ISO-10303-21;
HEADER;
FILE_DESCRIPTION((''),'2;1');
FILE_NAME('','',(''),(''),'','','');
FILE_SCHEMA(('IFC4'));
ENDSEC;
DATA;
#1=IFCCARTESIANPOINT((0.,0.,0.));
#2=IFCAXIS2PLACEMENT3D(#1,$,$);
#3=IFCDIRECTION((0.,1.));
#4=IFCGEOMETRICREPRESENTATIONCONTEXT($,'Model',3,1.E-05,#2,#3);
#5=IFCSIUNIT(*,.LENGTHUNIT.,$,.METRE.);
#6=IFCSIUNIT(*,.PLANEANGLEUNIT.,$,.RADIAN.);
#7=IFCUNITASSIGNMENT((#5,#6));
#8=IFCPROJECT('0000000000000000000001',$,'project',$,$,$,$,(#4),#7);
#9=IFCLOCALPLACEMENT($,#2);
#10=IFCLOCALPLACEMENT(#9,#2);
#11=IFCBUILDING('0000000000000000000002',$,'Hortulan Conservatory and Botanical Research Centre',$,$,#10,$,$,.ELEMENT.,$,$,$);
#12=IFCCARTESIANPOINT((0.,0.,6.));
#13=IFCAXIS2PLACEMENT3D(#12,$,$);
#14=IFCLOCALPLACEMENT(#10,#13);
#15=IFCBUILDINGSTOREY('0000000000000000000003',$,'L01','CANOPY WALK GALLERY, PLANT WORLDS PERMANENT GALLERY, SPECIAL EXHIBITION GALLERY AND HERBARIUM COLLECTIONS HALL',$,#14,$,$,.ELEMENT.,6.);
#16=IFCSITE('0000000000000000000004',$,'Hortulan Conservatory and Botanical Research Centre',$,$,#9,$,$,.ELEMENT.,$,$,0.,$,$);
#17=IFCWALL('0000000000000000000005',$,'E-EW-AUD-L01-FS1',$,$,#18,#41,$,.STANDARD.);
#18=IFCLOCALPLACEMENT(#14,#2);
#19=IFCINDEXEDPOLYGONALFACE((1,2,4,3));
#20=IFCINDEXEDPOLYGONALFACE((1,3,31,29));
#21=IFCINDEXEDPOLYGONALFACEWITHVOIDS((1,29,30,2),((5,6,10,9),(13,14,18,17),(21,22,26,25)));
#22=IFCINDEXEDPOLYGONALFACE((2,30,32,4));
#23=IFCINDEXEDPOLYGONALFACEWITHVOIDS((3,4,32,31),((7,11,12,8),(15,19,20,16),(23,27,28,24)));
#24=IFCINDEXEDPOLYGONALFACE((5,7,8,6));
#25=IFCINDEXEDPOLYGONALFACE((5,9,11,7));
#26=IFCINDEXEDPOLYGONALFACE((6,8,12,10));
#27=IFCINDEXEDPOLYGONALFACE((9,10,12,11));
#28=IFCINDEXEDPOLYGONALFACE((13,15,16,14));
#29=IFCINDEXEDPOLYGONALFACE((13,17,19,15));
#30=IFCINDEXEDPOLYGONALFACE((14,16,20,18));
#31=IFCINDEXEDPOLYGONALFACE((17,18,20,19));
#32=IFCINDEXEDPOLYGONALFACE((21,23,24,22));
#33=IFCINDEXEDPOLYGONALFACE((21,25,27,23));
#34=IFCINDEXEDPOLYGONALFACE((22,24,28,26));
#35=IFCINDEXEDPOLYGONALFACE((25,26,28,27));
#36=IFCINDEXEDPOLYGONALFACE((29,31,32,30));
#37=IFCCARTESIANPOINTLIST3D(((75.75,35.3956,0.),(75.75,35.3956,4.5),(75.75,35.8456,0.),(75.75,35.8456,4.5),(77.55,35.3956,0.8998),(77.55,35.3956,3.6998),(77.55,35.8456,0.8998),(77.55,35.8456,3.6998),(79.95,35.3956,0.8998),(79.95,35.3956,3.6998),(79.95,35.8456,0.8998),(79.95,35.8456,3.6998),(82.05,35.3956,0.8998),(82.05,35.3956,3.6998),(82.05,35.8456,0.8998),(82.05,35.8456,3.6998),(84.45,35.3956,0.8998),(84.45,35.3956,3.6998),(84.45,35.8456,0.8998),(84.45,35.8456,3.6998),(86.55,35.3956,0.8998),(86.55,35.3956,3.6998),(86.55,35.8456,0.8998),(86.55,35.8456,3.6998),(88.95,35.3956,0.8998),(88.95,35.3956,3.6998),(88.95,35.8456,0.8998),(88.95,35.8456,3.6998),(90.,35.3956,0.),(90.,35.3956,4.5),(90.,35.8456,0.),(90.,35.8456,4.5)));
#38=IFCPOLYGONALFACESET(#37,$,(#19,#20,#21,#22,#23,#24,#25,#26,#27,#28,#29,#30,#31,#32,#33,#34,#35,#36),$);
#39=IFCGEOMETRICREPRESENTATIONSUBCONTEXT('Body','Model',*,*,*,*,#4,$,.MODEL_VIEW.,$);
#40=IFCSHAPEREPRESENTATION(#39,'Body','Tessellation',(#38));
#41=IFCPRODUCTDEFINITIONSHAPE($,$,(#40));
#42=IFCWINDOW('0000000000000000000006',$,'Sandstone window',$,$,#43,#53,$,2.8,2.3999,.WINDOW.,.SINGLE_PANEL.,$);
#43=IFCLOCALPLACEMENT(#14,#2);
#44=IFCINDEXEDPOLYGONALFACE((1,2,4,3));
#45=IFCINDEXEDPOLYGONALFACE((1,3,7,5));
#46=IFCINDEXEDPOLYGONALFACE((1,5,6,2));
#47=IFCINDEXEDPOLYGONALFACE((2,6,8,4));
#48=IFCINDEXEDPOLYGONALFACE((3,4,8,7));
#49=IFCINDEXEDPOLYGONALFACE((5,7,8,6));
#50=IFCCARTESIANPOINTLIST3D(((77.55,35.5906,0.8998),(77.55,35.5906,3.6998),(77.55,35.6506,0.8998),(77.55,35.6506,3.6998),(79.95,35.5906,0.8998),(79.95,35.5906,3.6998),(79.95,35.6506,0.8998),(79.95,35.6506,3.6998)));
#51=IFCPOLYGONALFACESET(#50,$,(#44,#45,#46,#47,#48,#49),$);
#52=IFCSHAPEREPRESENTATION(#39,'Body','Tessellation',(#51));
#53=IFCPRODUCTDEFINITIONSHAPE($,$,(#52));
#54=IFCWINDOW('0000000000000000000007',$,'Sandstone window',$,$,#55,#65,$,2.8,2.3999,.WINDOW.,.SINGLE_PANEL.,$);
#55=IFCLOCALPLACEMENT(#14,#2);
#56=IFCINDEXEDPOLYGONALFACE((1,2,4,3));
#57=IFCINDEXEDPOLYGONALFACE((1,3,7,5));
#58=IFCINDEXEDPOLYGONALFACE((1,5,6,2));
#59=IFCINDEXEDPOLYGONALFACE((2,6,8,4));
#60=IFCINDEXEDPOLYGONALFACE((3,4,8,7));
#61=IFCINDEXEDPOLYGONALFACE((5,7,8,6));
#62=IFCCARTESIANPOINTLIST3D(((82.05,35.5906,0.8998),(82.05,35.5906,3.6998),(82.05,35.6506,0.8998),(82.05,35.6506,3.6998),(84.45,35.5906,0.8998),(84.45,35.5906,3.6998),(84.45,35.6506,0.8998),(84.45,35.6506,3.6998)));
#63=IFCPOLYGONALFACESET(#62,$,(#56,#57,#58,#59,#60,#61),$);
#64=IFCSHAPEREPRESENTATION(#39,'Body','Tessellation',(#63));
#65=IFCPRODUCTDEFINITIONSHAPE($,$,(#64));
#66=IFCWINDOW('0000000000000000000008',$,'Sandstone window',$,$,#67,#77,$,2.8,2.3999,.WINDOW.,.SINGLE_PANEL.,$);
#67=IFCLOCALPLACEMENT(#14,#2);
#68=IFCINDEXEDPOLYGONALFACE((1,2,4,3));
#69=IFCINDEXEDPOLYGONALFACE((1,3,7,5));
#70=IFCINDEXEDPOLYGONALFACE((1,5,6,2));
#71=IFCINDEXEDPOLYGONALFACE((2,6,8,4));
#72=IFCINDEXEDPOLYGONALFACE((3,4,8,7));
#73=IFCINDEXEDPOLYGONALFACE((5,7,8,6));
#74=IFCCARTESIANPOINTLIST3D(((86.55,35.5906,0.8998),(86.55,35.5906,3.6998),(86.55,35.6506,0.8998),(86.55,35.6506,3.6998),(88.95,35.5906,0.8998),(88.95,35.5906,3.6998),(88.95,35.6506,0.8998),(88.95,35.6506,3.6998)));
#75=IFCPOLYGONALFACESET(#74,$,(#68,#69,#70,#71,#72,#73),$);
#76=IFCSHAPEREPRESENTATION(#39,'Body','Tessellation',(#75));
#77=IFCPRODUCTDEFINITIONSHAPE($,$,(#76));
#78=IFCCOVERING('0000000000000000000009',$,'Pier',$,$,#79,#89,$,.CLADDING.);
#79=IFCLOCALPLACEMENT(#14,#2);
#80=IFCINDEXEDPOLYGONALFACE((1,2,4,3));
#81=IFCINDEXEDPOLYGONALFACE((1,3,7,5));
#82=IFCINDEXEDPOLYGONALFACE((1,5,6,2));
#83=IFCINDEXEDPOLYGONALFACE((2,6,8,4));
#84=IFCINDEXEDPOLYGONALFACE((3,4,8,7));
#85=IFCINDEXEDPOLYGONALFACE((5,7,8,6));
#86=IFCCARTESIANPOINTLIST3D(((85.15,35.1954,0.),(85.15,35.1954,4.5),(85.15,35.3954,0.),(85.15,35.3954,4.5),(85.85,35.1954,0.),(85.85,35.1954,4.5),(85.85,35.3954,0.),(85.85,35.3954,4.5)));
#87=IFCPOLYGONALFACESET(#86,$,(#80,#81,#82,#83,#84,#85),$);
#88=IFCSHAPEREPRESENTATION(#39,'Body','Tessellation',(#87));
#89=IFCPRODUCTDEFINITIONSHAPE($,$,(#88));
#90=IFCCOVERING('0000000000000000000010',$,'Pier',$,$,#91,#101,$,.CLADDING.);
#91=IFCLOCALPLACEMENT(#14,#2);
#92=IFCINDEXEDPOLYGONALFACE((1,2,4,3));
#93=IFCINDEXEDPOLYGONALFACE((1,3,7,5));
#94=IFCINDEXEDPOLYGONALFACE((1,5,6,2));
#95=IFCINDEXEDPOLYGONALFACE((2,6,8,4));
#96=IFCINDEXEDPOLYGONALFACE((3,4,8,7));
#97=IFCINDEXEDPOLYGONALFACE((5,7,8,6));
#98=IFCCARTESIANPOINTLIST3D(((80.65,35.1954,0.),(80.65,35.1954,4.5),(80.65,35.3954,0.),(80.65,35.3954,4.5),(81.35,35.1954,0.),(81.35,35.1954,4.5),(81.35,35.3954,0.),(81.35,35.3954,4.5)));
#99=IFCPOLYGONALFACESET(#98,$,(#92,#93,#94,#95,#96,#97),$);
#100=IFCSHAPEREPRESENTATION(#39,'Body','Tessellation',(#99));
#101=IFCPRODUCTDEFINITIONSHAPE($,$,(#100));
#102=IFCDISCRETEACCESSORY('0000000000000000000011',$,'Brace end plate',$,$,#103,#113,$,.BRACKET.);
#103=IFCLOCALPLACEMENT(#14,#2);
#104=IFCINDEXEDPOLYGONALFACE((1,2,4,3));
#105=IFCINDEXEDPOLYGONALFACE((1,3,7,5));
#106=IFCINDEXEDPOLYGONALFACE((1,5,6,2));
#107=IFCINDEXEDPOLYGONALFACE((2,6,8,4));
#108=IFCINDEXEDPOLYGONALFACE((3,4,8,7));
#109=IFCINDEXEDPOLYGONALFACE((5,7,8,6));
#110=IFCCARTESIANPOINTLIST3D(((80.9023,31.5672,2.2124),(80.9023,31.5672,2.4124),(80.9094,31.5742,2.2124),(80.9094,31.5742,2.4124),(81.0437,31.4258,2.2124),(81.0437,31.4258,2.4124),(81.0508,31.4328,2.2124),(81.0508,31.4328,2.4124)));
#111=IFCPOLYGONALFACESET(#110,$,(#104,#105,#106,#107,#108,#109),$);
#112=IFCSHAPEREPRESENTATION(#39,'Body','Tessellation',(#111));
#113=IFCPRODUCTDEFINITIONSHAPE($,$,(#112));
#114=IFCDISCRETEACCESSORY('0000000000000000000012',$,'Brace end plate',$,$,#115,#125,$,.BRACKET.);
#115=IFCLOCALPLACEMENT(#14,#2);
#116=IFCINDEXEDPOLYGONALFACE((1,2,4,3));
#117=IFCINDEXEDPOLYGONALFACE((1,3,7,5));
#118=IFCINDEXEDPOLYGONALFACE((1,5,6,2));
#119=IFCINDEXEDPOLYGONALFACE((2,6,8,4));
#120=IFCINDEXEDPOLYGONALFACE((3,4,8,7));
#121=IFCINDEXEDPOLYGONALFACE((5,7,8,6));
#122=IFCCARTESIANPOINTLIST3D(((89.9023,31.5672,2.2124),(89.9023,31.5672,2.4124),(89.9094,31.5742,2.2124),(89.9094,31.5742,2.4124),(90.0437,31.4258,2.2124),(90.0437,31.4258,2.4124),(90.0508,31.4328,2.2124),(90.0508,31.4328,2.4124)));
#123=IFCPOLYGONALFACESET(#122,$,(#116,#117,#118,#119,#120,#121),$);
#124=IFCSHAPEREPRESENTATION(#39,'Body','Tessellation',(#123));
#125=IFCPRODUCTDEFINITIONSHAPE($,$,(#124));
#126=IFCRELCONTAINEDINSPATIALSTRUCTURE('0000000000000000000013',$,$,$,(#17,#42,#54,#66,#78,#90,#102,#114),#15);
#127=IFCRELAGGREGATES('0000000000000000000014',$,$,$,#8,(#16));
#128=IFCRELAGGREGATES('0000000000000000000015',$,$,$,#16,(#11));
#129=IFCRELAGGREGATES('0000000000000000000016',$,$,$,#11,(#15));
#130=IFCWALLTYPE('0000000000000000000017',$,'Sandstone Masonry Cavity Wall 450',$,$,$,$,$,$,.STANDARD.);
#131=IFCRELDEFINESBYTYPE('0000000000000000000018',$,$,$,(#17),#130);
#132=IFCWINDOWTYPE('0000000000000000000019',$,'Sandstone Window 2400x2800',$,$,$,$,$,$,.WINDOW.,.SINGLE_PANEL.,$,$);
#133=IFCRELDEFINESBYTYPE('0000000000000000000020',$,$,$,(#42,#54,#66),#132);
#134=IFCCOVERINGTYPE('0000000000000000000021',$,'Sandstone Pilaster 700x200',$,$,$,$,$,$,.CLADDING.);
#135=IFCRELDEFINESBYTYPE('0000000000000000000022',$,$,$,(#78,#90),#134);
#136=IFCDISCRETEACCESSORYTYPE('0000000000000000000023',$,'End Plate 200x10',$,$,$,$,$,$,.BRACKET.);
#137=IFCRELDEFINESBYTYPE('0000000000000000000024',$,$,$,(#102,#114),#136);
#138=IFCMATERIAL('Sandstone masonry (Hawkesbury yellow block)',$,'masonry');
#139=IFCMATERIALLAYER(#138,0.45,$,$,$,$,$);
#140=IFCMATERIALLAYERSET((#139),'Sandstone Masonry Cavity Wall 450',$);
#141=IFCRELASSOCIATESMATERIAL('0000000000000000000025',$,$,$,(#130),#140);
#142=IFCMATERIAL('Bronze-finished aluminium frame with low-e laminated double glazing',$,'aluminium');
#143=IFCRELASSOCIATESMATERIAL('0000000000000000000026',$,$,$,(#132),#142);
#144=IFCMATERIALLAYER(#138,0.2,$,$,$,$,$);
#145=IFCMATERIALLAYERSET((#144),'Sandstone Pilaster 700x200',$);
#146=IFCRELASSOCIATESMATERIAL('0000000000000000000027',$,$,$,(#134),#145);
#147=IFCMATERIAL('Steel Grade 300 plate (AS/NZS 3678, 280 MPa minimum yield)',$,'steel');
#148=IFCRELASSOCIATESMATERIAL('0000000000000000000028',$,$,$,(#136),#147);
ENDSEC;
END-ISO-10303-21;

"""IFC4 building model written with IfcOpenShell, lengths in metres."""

from ifc_helpers import new_model, si_unit, direction, frame, frame_2d, origin, origin_2d, place, context, subcontext, project, spatial, rectangle, extrude, material, layer, layer_set, type_object, element, fill, save


model = new_model("IFC4")

# Units and contexts
model_context = context("Model", 3, precision=1e-05, world=origin(), true_north=direction((0.0, 1.0)))
body_context = subcontext(model_context, "Body", "Model", "MODEL_VIEW")
ifc_project = project(units=[si_unit("LENGTHUNIT", "METRE"), si_unit("PLANEANGLEUNIT", "RADIAN")], contexts=[model_context])

# Site, building, storey
site_placement = place(None, origin())
site = spatial("IfcSite", under=ifc_project, at=site_placement, Name="Hortulan Conservatory and Botanical Research Centre", CompositionType="ELEMENT", RefElevation=0.0)
building_placement = place(site_placement, origin())
building = spatial("IfcBuilding", under=site, at=building_placement, Name="Hortulan Conservatory and Botanical Research Centre", CompositionType="ELEMENT")
storey_placement = place(building_placement, frame((0.0, 0.0, 6.0)))
storey = spatial("IfcBuildingStorey", under=building, at=storey_placement, Name="L01", Description="CANOPY WALK GALLERY, PLANT WORLDS PERMANENT GALLERY, SPECIAL EXHIBITION GALLERY AND HERBARIUM COLLECTIONS HALL", CompositionType="ELEMENT", Elevation=6.0)

# Wall, openings, windows
ifc_material_1 = material(Name="Sandstone masonry (Hawkesbury yellow block)", Category="masonry")
ifc_layer_1 = layer(ifc_material_1, 0.45)
ifc_layer_set_1 = layer_set([ifc_layer_1], Name="Sandstone Masonry Cavity Wall 450")
wall_type_1 = type_object("IfcWallType", Name="Sandstone Masonry Cavity Wall 450", PredefinedType="STANDARD", material=ifc_layer_set_1)
wall_1_placement = place(storey_placement, frame((90.0, 35.6206, 0.0), z_axis=(0.0, 0.0, 1.0), x_axis=(-1.0, 0.0, 0.0)))
wall_1 = element("IfcWall", 1, at=wall_1_placement, inside=storey, type_object=wall_type_1, Name="E-EW-AUD-L01-FS1", PredefinedType="STANDARD", context=body_context, shape_type="SweptSolid", body=[
    extrude(rectangle(XDim=14.25, YDim=0.45, at=frame_2d((7.125, 0.0))), origin(), (0.0, 0.0, 1.0), 4.5),
])
opening_1_placement = place(wall_1_placement, frame((10.05, 0.0, 0.8999)))
opening_1 = element("IfcOpeningElement", 2, at=opening_1_placement, cuts=wall_1, PredefinedType="OPENING", context=body_context, shape_type="SweptSolid", body=[
    extrude(rectangle(XDim=2.3999, YDim=2.8, at=frame_2d((1.2, 1.3999))), frame((0.0, 0.2349, 0.0), z_axis=(0.0, -1.0, 0.0), x_axis=(1.0, 0.0, 0.0)), (0.0, 0.0, 1.0), 0.47),
])
opening_2_placement = place(wall_1_placement, frame((5.55, 0.0, 0.8999)))
opening_2 = element("IfcOpeningElement", 3, at=opening_2_placement, cuts=wall_1, PredefinedType="OPENING", context=body_context, shape_type="SweptSolid", body=[
    extrude(rectangle(XDim=2.3999, YDim=2.8, at=frame_2d((1.2, 1.3999))), frame((0.0, 0.2349, 0.0), z_axis=(0.0, -1.0, 0.0), x_axis=(1.0, 0.0, 0.0)), (0.0, 0.0, 1.0), 0.47),
])
opening_3_placement = place(wall_1_placement, frame((1.05, 0.0, 0.8999)))
opening_3 = element("IfcOpeningElement", 4, at=opening_3_placement, cuts=wall_1, PredefinedType="OPENING", context=body_context, shape_type="SweptSolid", body=[
    extrude(rectangle(XDim=2.3999, YDim=2.8, at=frame_2d((1.2, 1.3999))), frame((0.0, 0.2349, 0.0), z_axis=(0.0, -1.0, 0.0), x_axis=(1.0, 0.0, 0.0)), (0.0, 0.0, 1.0), 0.47),
])
ifc_material_2 = material(Name="Bronze-finished aluminium frame with low-e laminated double glazing", Category="aluminium")
window_type = type_object("IfcWindowType", Name="Sandstone Window 2400x2800", PartitioningType="SINGLE_PANEL", PredefinedType="WINDOW", material=ifc_material_2)
window_1_placement = place(opening_1_placement, origin())
window_1 = element("IfcWindow", 5, at=window_1_placement, inside=storey, type_object=window_type, Name="Sandstone window", OverallHeight=2.8, OverallWidth=2.3999, PartitioningType="SINGLE_PANEL", PredefinedType="WINDOW", context=body_context, shape_type="SweptSolid", body=[
    extrude(rectangle(XDim=2.3999, YDim=2.8, at=frame_2d((1.2, 1.3999))), frame((0.0, 0.03, 0.0), z_axis=(0.0, -1.0, 0.0), x_axis=(1.0, 0.0, 0.0)), (0.0, 0.0, 1.0), 0.0601),
])
fill(opening_1, window_1)
window_2_placement = place(opening_2_placement, origin())
window_2 = element("IfcWindow", 6, at=window_2_placement, inside=storey, type_object=window_type, Name="Sandstone window", OverallHeight=2.8, OverallWidth=2.3999, PartitioningType="SINGLE_PANEL", PredefinedType="WINDOW", context=body_context, shape_type="SweptSolid", body=[
    extrude(rectangle(XDim=2.3999, YDim=2.8, at=frame_2d((1.2, 1.3999))), frame((0.0, 0.03, 0.0), z_axis=(0.0, -1.0, 0.0), x_axis=(1.0, 0.0, 0.0)), (0.0, 0.0, 1.0), 0.0601),
])
fill(opening_2, window_2)
window_3_placement = place(opening_3_placement, origin())
window_3 = element("IfcWindow", 7, at=window_3_placement, inside=storey, type_object=window_type, Name="Sandstone window", OverallHeight=2.8, OverallWidth=2.3999, PartitioningType="SINGLE_PANEL", PredefinedType="WINDOW", context=body_context, shape_type="SweptSolid", body=[
    extrude(rectangle(XDim=2.3999, YDim=2.8, at=frame_2d((1.2, 1.3999))), frame((0.0, 0.03, 0.0), z_axis=(0.0, -1.0, 0.0), x_axis=(1.0, 0.0, 0.0)), (0.0, 0.0, 1.0), 0.0601),
])
fill(opening_3, window_3)

# Coverings
ifc_layer_2 = layer(ifc_material_1, 0.2)
ifc_layer_set_2 = layer_set([ifc_layer_2], Name="Sandstone Pilaster 700x200")
covering_type = type_object("IfcCoveringType", Name="Sandstone Pilaster 700x200", PredefinedType="CLADDING", material=ifc_layer_set_2)
for number, where, z_axis, x_axis, name in (
    (8, (85.5, 35.2954, 0.0), (0.0, 0.0, 1.0), (-1.0, 0.0, 0.0), "Pier"),
    (9, (81.0, 35.2954, 0.0), (0.0, 0.0, 1.0), (-1.0, 0.0, 0.0), "Pier"),
):
    element("IfcCovering", number, at=place(storey_placement, frame(where, z_axis=z_axis, x_axis=x_axis)), inside=storey, type_object=covering_type, Name=name, PredefinedType="CLADDING", context=body_context, shape_type="SweptSolid", body=[
        extrude(rectangle(XDim=0.7, YDim=0.2, at=origin_2d()), origin(), (0.0, 0.0, 1.0), 4.5),
    ])

# Discrete accessories
ifc_material_3 = material(Name="Steel Grade 300 plate (AS/NZS 3678, 280 MPa minimum yield)", Category="steel")
discrete_accessory_type = type_object("IfcDiscreteAccessoryType", Name="End Plate 200x10", PredefinedType="BRACKET", material=ifc_material_3)
for number, where, z_axis, x_axis, name in (
    (10, (80.9766, 31.5, 2.2124), (0.0, 0.0, 1.0), (0.707107, -0.707107, 0.0), "Brace end plate"),
    (11, (89.9766, 31.5, 2.2124), (0.0, 0.0, 1.0), (0.707107, -0.707107, 0.0), "Brace end plate"),
):
    element("IfcDiscreteAccessory", number, at=place(storey_placement, frame(where, z_axis=z_axis, x_axis=x_axis)), inside=storey, type_object=discrete_accessory_type, Name=name, PredefinedType="BRACKET", context=body_context, shape_type="SweptSolid", body=[
        extrude(rectangle(XDim=0.2, YDim=0.01, at=origin_2d()), origin(), (0.0, 0.0, 1.0), 0.2),
    ])

save(model, "model.ifc")
